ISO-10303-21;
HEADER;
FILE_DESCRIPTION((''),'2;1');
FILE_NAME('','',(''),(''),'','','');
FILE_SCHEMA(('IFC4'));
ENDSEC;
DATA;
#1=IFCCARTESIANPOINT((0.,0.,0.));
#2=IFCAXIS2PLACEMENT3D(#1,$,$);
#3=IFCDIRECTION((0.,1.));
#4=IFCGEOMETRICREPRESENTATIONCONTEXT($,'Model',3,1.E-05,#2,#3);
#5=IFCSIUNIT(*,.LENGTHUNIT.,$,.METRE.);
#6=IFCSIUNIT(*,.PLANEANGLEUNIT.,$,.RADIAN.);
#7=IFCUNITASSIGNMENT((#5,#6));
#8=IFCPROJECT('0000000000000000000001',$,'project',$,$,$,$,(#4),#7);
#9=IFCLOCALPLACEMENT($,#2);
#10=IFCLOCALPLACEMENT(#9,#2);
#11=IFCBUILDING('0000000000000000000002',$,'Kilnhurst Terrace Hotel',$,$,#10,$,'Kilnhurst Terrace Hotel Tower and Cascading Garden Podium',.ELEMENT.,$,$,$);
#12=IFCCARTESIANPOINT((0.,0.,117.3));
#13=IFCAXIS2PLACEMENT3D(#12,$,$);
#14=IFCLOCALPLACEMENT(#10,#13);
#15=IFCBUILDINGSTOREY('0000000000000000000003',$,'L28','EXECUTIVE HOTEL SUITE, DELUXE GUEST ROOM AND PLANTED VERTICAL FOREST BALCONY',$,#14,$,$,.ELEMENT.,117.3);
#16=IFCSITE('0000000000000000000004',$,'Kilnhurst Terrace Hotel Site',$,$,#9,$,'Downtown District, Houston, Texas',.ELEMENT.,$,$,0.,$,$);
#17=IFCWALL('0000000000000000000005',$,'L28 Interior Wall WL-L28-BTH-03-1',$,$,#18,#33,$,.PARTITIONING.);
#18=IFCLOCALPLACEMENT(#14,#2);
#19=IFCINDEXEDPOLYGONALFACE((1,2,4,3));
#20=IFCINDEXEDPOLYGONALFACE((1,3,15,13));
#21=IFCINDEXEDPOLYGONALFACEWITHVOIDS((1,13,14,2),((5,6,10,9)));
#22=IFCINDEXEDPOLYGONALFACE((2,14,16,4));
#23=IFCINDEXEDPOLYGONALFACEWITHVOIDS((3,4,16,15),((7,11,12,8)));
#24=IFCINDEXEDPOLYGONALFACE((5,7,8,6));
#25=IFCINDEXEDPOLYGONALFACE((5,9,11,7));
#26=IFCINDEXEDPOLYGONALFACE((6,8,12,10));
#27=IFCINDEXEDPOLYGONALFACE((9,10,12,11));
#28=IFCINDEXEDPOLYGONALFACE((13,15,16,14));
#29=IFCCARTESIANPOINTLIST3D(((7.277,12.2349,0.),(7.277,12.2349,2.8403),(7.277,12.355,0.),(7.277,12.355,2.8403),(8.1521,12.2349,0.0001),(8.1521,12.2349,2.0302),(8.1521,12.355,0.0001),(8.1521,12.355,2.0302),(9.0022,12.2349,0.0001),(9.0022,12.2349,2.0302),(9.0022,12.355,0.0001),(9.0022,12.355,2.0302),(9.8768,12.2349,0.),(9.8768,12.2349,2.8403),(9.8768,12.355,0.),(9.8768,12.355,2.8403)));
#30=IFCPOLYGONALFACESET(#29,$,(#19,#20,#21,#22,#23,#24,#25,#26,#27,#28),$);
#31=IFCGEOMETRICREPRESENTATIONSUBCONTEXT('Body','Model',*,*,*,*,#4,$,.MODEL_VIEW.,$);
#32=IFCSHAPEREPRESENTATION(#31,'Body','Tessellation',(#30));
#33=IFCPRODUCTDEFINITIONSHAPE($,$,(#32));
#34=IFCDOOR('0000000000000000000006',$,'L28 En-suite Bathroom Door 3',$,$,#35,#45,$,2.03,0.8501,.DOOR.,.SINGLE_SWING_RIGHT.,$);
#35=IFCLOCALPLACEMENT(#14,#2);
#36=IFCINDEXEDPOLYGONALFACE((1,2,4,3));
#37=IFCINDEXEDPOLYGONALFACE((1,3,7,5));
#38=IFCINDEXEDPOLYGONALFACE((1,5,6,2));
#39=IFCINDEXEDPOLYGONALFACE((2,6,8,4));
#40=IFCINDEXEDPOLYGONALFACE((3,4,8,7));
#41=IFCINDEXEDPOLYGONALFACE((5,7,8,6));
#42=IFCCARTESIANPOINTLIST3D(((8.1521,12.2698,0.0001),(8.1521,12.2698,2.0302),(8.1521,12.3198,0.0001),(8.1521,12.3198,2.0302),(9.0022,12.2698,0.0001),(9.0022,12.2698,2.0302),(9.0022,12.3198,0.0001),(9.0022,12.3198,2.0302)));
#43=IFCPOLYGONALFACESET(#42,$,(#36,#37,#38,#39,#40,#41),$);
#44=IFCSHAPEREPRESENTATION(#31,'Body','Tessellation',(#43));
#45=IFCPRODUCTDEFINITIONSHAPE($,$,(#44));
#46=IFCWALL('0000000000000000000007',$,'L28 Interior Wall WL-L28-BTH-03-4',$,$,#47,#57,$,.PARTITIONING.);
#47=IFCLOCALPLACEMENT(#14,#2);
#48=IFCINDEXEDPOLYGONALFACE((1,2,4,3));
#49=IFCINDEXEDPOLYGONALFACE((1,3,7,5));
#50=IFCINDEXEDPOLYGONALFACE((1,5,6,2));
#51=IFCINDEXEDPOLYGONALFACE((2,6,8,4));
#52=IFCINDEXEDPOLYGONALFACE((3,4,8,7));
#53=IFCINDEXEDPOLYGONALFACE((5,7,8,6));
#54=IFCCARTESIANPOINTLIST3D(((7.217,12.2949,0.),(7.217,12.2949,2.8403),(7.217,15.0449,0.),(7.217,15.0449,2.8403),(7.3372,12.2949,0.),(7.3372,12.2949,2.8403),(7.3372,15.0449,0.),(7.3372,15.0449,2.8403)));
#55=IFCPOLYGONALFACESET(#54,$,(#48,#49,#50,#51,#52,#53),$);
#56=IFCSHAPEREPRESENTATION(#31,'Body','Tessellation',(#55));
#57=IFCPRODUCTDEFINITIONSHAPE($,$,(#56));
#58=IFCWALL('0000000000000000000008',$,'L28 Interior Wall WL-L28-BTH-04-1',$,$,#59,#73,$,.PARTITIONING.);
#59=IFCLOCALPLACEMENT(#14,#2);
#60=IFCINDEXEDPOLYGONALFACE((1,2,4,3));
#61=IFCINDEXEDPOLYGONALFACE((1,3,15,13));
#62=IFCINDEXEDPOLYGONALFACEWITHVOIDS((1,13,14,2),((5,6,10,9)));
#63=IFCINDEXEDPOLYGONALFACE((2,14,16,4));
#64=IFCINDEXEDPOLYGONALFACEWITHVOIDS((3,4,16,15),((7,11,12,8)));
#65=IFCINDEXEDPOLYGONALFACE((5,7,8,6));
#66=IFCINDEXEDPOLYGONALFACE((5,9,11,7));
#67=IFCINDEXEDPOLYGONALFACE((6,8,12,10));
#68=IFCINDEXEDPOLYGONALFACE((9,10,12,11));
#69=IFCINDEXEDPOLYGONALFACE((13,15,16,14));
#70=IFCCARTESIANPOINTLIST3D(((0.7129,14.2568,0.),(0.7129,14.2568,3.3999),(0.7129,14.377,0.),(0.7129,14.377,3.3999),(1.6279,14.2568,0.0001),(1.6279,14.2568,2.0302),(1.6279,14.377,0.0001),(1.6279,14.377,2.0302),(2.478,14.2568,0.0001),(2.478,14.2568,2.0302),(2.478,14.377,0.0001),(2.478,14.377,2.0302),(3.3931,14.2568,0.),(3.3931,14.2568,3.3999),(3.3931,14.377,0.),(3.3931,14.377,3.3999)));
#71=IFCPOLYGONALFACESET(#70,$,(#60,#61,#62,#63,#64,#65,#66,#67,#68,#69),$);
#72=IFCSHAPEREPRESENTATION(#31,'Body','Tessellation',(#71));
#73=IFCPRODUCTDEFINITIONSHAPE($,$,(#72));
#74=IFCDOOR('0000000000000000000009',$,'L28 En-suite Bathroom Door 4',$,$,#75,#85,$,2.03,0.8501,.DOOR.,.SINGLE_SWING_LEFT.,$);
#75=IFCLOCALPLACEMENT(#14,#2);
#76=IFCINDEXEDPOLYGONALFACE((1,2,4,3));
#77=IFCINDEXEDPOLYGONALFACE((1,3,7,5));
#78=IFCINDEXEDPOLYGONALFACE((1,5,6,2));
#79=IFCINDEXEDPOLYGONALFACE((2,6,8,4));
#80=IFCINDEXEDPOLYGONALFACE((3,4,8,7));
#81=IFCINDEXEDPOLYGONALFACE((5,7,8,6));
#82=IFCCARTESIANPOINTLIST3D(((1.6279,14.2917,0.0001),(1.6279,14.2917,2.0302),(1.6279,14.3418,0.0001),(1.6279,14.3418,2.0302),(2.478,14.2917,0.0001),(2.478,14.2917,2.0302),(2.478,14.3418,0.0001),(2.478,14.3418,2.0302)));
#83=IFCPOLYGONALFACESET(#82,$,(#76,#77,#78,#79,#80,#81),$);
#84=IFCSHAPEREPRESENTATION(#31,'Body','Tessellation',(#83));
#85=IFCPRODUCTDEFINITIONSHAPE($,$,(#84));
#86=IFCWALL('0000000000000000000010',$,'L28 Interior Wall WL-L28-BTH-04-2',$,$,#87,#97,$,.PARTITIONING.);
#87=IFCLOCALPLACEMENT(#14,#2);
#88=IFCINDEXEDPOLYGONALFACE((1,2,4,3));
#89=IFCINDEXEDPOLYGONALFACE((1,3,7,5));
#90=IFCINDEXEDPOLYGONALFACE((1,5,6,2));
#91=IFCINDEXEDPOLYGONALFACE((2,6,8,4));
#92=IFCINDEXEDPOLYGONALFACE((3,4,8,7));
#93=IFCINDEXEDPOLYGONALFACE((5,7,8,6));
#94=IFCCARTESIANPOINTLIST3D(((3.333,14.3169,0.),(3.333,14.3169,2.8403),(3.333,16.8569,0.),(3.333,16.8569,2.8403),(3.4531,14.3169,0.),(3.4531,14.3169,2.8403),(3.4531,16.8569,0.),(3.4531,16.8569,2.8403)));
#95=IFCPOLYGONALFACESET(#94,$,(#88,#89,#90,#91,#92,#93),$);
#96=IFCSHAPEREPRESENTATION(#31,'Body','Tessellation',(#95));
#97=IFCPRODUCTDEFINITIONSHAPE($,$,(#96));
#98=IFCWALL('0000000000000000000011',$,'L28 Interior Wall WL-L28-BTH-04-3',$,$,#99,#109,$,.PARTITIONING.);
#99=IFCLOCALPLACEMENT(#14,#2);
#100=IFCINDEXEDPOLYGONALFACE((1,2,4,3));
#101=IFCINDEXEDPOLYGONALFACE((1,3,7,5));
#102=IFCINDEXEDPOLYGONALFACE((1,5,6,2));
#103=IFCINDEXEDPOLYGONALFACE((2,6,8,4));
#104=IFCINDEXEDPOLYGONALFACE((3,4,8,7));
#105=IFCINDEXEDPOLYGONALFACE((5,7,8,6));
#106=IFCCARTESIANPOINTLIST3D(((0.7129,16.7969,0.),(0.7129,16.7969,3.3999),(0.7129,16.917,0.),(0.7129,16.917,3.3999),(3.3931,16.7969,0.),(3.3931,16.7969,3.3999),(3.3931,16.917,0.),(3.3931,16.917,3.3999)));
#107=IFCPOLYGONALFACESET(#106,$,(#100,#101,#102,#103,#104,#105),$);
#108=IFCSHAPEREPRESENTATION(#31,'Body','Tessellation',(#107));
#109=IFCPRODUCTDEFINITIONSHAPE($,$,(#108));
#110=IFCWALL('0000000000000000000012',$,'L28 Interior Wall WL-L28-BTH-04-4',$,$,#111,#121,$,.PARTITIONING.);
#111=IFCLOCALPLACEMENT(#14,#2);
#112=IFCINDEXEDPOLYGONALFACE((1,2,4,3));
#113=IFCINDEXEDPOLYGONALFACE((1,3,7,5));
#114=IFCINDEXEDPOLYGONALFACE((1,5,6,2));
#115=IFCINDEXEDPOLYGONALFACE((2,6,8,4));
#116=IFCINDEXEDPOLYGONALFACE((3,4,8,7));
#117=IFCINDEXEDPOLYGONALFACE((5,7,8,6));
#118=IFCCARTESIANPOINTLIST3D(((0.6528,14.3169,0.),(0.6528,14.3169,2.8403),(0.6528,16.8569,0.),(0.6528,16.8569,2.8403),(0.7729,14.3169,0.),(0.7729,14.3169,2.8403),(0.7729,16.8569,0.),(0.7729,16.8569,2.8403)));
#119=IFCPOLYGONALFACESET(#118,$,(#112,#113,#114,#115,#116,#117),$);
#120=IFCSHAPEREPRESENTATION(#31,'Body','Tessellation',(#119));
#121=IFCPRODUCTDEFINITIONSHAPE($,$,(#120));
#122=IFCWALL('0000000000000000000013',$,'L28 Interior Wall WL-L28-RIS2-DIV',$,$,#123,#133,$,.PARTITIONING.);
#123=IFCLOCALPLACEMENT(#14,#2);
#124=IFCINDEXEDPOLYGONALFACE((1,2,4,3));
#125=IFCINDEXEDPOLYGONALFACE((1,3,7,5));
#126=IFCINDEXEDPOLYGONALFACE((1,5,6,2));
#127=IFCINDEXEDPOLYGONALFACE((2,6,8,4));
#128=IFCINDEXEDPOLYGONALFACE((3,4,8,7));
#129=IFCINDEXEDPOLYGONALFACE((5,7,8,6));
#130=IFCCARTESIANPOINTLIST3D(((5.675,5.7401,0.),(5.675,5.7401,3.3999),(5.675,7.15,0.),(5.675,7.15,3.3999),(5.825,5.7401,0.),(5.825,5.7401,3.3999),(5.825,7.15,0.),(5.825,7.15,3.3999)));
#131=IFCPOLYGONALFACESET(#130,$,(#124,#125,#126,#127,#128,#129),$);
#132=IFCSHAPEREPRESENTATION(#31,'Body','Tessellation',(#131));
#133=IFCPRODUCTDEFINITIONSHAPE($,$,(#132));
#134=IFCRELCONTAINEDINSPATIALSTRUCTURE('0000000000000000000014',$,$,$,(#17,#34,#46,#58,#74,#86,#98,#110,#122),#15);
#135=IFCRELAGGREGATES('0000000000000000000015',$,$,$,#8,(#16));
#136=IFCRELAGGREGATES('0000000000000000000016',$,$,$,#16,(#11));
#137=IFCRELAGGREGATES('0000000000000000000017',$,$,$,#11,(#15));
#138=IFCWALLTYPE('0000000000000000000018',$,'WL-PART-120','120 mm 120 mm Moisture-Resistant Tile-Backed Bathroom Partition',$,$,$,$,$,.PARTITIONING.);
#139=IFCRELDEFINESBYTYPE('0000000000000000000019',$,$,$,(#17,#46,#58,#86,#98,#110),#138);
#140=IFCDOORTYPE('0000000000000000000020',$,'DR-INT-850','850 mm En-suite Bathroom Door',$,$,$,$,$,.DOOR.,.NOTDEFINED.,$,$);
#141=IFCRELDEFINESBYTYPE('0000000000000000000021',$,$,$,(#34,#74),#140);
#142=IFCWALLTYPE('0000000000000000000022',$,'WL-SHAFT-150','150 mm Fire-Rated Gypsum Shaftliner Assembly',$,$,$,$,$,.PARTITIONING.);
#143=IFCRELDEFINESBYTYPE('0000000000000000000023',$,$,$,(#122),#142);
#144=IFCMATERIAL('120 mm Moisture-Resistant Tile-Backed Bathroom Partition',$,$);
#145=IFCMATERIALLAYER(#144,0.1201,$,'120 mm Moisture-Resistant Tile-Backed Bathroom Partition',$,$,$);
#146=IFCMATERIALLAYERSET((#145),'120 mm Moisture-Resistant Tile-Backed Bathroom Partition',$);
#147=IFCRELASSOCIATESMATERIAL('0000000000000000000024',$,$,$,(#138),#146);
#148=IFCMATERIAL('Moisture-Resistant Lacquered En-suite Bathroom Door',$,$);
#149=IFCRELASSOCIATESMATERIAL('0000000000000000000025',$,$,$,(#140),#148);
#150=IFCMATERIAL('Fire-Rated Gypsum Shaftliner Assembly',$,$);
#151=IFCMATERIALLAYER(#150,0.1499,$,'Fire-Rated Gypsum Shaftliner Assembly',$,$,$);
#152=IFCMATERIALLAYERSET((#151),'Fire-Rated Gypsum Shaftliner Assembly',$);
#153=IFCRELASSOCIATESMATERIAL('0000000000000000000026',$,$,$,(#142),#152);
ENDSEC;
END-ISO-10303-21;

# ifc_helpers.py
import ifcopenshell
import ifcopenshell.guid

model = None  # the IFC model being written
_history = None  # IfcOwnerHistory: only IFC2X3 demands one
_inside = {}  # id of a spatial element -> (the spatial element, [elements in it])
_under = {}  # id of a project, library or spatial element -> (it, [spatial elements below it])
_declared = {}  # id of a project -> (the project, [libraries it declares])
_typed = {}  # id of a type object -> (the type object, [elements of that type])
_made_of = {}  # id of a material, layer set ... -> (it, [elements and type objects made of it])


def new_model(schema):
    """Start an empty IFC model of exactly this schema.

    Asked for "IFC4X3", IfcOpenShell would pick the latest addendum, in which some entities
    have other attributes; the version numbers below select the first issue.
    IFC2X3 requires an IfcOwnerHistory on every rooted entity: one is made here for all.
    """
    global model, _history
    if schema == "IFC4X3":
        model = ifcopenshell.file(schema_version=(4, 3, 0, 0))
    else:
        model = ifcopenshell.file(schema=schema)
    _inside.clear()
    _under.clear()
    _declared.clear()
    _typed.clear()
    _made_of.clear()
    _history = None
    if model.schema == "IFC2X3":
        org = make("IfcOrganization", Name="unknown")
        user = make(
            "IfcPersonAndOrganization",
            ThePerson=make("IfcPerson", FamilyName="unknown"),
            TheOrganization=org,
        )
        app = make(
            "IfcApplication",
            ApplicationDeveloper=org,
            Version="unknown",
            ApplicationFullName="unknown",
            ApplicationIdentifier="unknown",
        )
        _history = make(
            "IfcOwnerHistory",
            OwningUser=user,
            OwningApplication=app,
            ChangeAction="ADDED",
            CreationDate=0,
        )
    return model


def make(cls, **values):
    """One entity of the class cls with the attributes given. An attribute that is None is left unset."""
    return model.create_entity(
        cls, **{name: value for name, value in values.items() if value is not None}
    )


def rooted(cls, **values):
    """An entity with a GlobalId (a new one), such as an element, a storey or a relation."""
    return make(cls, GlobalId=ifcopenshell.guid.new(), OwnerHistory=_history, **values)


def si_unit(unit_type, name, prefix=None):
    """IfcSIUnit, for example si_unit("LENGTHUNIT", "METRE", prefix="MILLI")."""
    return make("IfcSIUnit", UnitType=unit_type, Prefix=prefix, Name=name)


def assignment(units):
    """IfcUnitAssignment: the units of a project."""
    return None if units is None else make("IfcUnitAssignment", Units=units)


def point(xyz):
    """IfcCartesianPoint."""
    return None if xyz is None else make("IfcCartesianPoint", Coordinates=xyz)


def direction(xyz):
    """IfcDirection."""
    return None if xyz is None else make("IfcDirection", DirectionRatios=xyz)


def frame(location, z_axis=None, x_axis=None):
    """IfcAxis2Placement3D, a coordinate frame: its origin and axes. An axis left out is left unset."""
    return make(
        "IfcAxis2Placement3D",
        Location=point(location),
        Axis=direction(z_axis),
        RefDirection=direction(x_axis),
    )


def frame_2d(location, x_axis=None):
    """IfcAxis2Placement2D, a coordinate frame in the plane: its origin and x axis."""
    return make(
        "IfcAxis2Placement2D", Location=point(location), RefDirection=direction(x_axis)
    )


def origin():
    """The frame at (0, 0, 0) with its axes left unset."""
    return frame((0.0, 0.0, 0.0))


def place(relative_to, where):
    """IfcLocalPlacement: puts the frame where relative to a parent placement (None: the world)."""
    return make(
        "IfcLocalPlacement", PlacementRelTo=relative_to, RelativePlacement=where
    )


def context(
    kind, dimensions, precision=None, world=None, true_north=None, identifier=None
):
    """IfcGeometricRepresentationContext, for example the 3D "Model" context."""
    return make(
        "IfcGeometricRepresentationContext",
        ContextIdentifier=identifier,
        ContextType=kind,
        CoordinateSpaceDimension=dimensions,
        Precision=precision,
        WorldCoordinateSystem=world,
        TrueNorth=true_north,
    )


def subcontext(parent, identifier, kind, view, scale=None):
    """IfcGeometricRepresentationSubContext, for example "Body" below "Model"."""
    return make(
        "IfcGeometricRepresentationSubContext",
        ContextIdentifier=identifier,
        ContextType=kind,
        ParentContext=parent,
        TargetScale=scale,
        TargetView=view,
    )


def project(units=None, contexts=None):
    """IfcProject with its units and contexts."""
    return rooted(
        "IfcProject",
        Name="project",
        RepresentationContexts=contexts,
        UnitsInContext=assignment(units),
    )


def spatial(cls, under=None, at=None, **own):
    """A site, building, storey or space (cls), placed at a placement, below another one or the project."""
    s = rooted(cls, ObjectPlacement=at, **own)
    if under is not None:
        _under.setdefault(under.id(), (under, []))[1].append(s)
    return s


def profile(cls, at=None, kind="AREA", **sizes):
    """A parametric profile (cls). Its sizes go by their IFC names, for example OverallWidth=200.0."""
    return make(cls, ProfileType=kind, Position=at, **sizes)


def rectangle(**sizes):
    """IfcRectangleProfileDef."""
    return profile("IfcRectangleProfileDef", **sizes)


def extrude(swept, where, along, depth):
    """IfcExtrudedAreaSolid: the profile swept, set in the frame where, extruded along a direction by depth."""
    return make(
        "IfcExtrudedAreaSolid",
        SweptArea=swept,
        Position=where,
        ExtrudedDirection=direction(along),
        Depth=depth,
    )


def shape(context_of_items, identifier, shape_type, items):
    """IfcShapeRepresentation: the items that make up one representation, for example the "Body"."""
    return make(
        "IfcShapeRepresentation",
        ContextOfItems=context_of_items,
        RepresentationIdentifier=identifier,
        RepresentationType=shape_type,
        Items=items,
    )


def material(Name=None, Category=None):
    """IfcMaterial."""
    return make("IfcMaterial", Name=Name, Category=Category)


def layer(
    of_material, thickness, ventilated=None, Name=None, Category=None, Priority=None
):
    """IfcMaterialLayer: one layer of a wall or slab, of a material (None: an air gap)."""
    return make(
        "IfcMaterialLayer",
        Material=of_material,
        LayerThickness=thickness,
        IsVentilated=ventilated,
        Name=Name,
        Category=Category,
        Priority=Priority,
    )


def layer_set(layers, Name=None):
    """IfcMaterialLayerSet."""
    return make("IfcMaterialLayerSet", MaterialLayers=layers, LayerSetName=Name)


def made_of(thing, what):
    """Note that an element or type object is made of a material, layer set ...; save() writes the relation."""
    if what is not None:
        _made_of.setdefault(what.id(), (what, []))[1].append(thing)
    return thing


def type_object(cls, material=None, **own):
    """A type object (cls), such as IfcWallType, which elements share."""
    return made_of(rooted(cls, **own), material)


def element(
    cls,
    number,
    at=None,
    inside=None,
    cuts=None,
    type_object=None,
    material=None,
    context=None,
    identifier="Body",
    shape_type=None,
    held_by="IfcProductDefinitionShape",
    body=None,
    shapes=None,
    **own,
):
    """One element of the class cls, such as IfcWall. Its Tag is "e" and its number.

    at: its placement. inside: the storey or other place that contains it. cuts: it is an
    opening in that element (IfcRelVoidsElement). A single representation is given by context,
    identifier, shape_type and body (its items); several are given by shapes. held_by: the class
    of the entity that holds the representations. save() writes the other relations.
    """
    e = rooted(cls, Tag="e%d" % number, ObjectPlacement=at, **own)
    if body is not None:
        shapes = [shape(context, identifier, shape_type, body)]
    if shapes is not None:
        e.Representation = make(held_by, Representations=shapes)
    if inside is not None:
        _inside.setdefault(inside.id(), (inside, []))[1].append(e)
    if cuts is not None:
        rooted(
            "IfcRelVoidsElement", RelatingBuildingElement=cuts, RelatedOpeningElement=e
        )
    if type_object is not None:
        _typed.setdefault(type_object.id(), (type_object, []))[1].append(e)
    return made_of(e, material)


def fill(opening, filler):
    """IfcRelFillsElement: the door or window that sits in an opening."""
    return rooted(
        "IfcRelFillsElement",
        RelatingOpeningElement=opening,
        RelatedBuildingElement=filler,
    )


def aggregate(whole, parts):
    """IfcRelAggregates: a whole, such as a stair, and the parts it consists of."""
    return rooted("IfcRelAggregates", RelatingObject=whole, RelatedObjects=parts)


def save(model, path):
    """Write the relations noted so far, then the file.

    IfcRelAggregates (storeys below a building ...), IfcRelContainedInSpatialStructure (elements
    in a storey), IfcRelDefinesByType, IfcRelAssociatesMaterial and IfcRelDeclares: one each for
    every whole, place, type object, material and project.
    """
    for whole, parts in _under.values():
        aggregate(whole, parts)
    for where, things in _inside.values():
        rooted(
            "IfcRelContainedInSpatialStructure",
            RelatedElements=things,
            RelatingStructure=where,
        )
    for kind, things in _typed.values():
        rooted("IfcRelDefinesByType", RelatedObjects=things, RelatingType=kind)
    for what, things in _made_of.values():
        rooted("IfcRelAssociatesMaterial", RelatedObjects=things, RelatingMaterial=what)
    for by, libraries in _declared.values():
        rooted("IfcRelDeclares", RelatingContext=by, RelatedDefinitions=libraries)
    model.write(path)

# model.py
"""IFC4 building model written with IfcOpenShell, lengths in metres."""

from ifc_helpers import new_model, si_unit, direction, frame, frame_2d, origin, place, context, subcontext, project, spatial, rectangle, extrude, material, layer, layer_set, type_object, element, fill, save


model = new_model("IFC4")

# Units and contexts
model_context = context("Model", 3, precision=1e-05, world=origin(), true_north=direction((0.0, 1.0)))
body_context = subcontext(model_context, "Body", "Model", "MODEL_VIEW")
ifc_project = project(units=[si_unit("LENGTHUNIT", "METRE"), si_unit("PLANEANGLEUNIT", "RADIAN")], contexts=[model_context])

# Site, building, storey
site_placement = place(None, origin())
site = spatial("IfcSite", under=ifc_project, at=site_placement, Name="Kilnhurst Terrace Hotel Site", LongName="Downtown District, Houston, Texas", CompositionType="ELEMENT", RefElevation=0.0)
building_placement = place(site_placement, origin())
building = spatial("IfcBuilding", under=site, at=building_placement, Name="Kilnhurst Terrace Hotel", LongName="Kilnhurst Terrace Hotel Tower and Cascading Garden Podium", CompositionType="ELEMENT")
storey_placement = place(building_placement, frame((0.0, 0.0, 117.3)))
storey = spatial("IfcBuildingStorey", under=building, at=storey_placement, Name="L28", Description="EXECUTIVE HOTEL SUITE, DELUXE GUEST ROOM AND PLANTED VERTICAL FOREST BALCONY", CompositionType="ELEMENT", Elevation=117.3)

# Wall, opening, door
ifc_material_1 = material(Name="120 mm Moisture-Resistant Tile-Backed Bathroom Partition")
ifc_layer_1 = layer(ifc_material_1, 0.1201, Name="120 mm Moisture-Resistant Tile-Backed Bathroom Partition")
ifc_layer_set_1 = layer_set([ifc_layer_1], Name="120 mm Moisture-Resistant Tile-Backed Bathroom Partition")
wall_type_1 = type_object("IfcWallType", Name="WL-PART-120", Description="120 mm 120 mm Moisture-Resistant Tile-Backed Bathroom Partition", PredefinedType="PARTITIONING", material=ifc_layer_set_1)
wall_1_placement = place(storey_placement, frame((7.2771, 12.2949, 0.0), z_axis=(0.0, 0.0, 1.0), x_axis=(1.0, 0.0, 0.0)))
wall_1 = element("IfcWall", 1, at=wall_1_placement, inside=storey, type_object=wall_type_1, Name="L28 Interior Wall WL-L28-BTH-03-1", PredefinedType="PARTITIONING", context=body_context, shape_type="SweptSolid", body=[
    extrude(rectangle(XDim=2.5999, YDim=0.1201, at=frame_2d((1.2998, 0.0))), origin(), (0.0, 0.0, 1.0), 2.8403),
])
opening_1_placement = place(wall_1_placement, frame((0.875, 0.0, 0.0)))
opening_1 = element("IfcOpeningElement", 2, at=opening_1_placement, cuts=wall_1, PredefinedType="OPENING", context=body_context, shape_type="SweptSolid", body=[
    extrude(rectangle(XDim=0.8501, YDim=2.03, at=frame_2d((0.425, 1.0151))), frame((0.0, 0.0701, 0.0), z_axis=(0.0, -1.0, 0.0), x_axis=(1.0, 0.0, 0.0)), (0.0, 0.0, 1.0), 0.1401),
])
ifc_material_2 = material(Name="Moisture-Resistant Lacquered En-suite Bathroom Door")
door_type = type_object("IfcDoorType", Name="DR-INT-850", Description="850 mm En-suite Bathroom Door", OperationType="NOTDEFINED", PredefinedType="DOOR", material=ifc_material_2)
door_1_placement = place(opening_1_placement, origin())
door_1 = element("IfcDoor", 3, at=door_1_placement, inside=storey, type_object=door_type, Name="L28 En-suite Bathroom Door 3", OperationType="SINGLE_SWING_RIGHT", OverallHeight=2.03, OverallWidth=0.8501, PredefinedType="DOOR", context=body_context, shape_type="SweptSolid", body=[
    extrude(rectangle(XDim=0.8501, YDim=2.03, at=frame_2d((0.425, 1.0151))), frame((0.0, 0.0249, 0.0), z_axis=(0.0, -1.0, 0.0), x_axis=(1.0, 0.0, 0.0)), (0.0, 0.0, 1.0), 0.05),
])
fill(opening_1, door_1)

# Wall
wall_2_placement = place(storey_placement, frame((7.2771, 15.0449, 0.0), z_axis=(0.0, 0.0, 1.0), x_axis=(0.0, -1.0, 0.0)))
element("IfcWall", 4, at=wall_2_placement, inside=storey, type_object=wall_type_1, Name="L28 Interior Wall WL-L28-BTH-03-4", PredefinedType="PARTITIONING", context=body_context, shape_type="SweptSolid", body=[
    extrude(rectangle(XDim=2.75, YDim=0.1201, at=frame_2d((1.375, 0.0))), origin(), (0.0, 0.0, 1.0), 2.8403),
])

# Wall, opening, door
wall_3_placement = place(storey_placement, frame((0.7129, 14.3169, 0.0), z_axis=(0.0, 0.0, 1.0), x_axis=(1.0, 0.0, 0.0)))
wall_3 = element("IfcWall", 5, at=wall_3_placement, inside=storey, type_object=wall_type_1, Name="L28 Interior Wall WL-L28-BTH-04-1", PredefinedType="PARTITIONING", context=body_context, shape_type="SweptSolid", body=[
    extrude(rectangle(XDim=2.6802, YDim=0.1201, at=frame_2d((1.3401, 0.0))), origin(), (0.0, 0.0, 1.0), 3.3999),
])
opening_2_placement = place(wall_3_placement, frame((0.915, 0.0, 0.0)))
opening_2 = element("IfcOpeningElement", 6, at=opening_2_placement, cuts=wall_3, PredefinedType="OPENING", context=body_context, shape_type="SweptSolid", body=[
    extrude(rectangle(XDim=0.8501, YDim=2.03, at=frame_2d((0.425, 1.0151))), frame((0.0, 0.0701, 0.0), z_axis=(0.0, -1.0, 0.0), x_axis=(1.0, 0.0, 0.0)), (0.0, 0.0, 1.0), 0.1401),
])
door_2_placement = place(opening_2_placement, origin())
door_2 = element("IfcDoor", 7, at=door_2_placement, inside=storey, type_object=door_type, Name="L28 En-suite Bathroom Door 4", OperationType="SINGLE_SWING_LEFT", OverallHeight=2.03, OverallWidth=0.8501, PredefinedType="DOOR", context=body_context, shape_type="SweptSolid", body=[
    extrude(rectangle(XDim=0.8501, YDim=2.03, at=frame_2d((0.425, 1.0151))), frame((0.0, 0.0249, 0.0), z_axis=(0.0, -1.0, 0.0), x_axis=(1.0, 0.0, 0.0)), (0.0, 0.0, 1.0), 0.05),
])
fill(opening_2, door_2)

# Walls
wall_4_placement = place(storey_placement, frame((3.3931, 14.3169, 0.0), z_axis=(0.0, 0.0, 1.0), x_axis=(0.0, 1.0, 0.0)))
element("IfcWall", 8, at=wall_4_placement, inside=storey, type_object=wall_type_1, Name="L28 Interior Wall WL-L28-BTH-04-2", PredefinedType="PARTITIONING", context=body_context, shape_type="SweptSolid", body=[
    extrude(rectangle(XDim=2.54, YDim=0.1201, at=frame_2d((1.27, 0.0))), origin(), (0.0, 0.0, 1.0), 2.8403),
])
wall_5_placement = place(storey_placement, frame((3.3931, 16.8569, 0.0), z_axis=(0.0, 0.0, 1.0), x_axis=(-1.0, 0.0, 0.0)))
element("IfcWall", 9, at=wall_5_placement, inside=storey, type_object=wall_type_1, Name="L28 Interior Wall WL-L28-BTH-04-3", PredefinedType="PARTITIONING", context=body_context, shape_type="SweptSolid", body=[
    extrude(rectangle(XDim=2.6802, YDim=0.1201, at=frame_2d((1.3401, 0.0))), origin(), (0.0, 0.0, 1.0), 3.3999),
])
wall_6_placement = place(storey_placement, frame((0.7129, 16.8569, 0.0), z_axis=(0.0, 0.0, 1.0), x_axis=(0.0, -1.0, 0.0)))
element("IfcWall", 10, at=wall_6_placement, inside=storey, type_object=wall_type_1, Name="L28 Interior Wall WL-L28-BTH-04-4", PredefinedType="PARTITIONING", context=body_context, shape_type="SweptSolid", body=[
    extrude(rectangle(XDim=2.54, YDim=0.1201, at=frame_2d((1.27, 0.0))), origin(), (0.0, 0.0, 1.0), 2.8403),
])
ifc_material_3 = material(Name="Fire-Rated Gypsum Shaftliner Assembly")
ifc_layer_2 = layer(ifc_material_3, 0.1499, Name="Fire-Rated Gypsum Shaftliner Assembly")
ifc_layer_set_2 = layer_set([ifc_layer_2], Name="Fire-Rated Gypsum Shaftliner Assembly")
wall_type_2 = type_object("IfcWallType", Name="WL-SHAFT-150", Description="150 mm Fire-Rated Gypsum Shaftliner Assembly", PredefinedType="PARTITIONING", material=ifc_layer_set_2)
wall_7_placement = place(storey_placement, frame((5.75, 5.74, 0.0), z_axis=(0.0, 0.0, 1.0), x_axis=(0.0, 1.0, 0.0)))
element("IfcWall", 11, at=wall_7_placement, inside=storey, type_object=wall_type_2, Name="L28 Interior Wall WL-L28-RIS2-DIV", PredefinedType="PARTITIONING", context=body_context, shape_type="SweptSolid", body=[
    extrude(rectangle(XDim=1.4099, YDim=0.1499, at=frame_2d((0.7051, 0.0))), origin(), (0.0, 0.0, 1.0), 3.3999),
])

save(model, "model.ifc")
